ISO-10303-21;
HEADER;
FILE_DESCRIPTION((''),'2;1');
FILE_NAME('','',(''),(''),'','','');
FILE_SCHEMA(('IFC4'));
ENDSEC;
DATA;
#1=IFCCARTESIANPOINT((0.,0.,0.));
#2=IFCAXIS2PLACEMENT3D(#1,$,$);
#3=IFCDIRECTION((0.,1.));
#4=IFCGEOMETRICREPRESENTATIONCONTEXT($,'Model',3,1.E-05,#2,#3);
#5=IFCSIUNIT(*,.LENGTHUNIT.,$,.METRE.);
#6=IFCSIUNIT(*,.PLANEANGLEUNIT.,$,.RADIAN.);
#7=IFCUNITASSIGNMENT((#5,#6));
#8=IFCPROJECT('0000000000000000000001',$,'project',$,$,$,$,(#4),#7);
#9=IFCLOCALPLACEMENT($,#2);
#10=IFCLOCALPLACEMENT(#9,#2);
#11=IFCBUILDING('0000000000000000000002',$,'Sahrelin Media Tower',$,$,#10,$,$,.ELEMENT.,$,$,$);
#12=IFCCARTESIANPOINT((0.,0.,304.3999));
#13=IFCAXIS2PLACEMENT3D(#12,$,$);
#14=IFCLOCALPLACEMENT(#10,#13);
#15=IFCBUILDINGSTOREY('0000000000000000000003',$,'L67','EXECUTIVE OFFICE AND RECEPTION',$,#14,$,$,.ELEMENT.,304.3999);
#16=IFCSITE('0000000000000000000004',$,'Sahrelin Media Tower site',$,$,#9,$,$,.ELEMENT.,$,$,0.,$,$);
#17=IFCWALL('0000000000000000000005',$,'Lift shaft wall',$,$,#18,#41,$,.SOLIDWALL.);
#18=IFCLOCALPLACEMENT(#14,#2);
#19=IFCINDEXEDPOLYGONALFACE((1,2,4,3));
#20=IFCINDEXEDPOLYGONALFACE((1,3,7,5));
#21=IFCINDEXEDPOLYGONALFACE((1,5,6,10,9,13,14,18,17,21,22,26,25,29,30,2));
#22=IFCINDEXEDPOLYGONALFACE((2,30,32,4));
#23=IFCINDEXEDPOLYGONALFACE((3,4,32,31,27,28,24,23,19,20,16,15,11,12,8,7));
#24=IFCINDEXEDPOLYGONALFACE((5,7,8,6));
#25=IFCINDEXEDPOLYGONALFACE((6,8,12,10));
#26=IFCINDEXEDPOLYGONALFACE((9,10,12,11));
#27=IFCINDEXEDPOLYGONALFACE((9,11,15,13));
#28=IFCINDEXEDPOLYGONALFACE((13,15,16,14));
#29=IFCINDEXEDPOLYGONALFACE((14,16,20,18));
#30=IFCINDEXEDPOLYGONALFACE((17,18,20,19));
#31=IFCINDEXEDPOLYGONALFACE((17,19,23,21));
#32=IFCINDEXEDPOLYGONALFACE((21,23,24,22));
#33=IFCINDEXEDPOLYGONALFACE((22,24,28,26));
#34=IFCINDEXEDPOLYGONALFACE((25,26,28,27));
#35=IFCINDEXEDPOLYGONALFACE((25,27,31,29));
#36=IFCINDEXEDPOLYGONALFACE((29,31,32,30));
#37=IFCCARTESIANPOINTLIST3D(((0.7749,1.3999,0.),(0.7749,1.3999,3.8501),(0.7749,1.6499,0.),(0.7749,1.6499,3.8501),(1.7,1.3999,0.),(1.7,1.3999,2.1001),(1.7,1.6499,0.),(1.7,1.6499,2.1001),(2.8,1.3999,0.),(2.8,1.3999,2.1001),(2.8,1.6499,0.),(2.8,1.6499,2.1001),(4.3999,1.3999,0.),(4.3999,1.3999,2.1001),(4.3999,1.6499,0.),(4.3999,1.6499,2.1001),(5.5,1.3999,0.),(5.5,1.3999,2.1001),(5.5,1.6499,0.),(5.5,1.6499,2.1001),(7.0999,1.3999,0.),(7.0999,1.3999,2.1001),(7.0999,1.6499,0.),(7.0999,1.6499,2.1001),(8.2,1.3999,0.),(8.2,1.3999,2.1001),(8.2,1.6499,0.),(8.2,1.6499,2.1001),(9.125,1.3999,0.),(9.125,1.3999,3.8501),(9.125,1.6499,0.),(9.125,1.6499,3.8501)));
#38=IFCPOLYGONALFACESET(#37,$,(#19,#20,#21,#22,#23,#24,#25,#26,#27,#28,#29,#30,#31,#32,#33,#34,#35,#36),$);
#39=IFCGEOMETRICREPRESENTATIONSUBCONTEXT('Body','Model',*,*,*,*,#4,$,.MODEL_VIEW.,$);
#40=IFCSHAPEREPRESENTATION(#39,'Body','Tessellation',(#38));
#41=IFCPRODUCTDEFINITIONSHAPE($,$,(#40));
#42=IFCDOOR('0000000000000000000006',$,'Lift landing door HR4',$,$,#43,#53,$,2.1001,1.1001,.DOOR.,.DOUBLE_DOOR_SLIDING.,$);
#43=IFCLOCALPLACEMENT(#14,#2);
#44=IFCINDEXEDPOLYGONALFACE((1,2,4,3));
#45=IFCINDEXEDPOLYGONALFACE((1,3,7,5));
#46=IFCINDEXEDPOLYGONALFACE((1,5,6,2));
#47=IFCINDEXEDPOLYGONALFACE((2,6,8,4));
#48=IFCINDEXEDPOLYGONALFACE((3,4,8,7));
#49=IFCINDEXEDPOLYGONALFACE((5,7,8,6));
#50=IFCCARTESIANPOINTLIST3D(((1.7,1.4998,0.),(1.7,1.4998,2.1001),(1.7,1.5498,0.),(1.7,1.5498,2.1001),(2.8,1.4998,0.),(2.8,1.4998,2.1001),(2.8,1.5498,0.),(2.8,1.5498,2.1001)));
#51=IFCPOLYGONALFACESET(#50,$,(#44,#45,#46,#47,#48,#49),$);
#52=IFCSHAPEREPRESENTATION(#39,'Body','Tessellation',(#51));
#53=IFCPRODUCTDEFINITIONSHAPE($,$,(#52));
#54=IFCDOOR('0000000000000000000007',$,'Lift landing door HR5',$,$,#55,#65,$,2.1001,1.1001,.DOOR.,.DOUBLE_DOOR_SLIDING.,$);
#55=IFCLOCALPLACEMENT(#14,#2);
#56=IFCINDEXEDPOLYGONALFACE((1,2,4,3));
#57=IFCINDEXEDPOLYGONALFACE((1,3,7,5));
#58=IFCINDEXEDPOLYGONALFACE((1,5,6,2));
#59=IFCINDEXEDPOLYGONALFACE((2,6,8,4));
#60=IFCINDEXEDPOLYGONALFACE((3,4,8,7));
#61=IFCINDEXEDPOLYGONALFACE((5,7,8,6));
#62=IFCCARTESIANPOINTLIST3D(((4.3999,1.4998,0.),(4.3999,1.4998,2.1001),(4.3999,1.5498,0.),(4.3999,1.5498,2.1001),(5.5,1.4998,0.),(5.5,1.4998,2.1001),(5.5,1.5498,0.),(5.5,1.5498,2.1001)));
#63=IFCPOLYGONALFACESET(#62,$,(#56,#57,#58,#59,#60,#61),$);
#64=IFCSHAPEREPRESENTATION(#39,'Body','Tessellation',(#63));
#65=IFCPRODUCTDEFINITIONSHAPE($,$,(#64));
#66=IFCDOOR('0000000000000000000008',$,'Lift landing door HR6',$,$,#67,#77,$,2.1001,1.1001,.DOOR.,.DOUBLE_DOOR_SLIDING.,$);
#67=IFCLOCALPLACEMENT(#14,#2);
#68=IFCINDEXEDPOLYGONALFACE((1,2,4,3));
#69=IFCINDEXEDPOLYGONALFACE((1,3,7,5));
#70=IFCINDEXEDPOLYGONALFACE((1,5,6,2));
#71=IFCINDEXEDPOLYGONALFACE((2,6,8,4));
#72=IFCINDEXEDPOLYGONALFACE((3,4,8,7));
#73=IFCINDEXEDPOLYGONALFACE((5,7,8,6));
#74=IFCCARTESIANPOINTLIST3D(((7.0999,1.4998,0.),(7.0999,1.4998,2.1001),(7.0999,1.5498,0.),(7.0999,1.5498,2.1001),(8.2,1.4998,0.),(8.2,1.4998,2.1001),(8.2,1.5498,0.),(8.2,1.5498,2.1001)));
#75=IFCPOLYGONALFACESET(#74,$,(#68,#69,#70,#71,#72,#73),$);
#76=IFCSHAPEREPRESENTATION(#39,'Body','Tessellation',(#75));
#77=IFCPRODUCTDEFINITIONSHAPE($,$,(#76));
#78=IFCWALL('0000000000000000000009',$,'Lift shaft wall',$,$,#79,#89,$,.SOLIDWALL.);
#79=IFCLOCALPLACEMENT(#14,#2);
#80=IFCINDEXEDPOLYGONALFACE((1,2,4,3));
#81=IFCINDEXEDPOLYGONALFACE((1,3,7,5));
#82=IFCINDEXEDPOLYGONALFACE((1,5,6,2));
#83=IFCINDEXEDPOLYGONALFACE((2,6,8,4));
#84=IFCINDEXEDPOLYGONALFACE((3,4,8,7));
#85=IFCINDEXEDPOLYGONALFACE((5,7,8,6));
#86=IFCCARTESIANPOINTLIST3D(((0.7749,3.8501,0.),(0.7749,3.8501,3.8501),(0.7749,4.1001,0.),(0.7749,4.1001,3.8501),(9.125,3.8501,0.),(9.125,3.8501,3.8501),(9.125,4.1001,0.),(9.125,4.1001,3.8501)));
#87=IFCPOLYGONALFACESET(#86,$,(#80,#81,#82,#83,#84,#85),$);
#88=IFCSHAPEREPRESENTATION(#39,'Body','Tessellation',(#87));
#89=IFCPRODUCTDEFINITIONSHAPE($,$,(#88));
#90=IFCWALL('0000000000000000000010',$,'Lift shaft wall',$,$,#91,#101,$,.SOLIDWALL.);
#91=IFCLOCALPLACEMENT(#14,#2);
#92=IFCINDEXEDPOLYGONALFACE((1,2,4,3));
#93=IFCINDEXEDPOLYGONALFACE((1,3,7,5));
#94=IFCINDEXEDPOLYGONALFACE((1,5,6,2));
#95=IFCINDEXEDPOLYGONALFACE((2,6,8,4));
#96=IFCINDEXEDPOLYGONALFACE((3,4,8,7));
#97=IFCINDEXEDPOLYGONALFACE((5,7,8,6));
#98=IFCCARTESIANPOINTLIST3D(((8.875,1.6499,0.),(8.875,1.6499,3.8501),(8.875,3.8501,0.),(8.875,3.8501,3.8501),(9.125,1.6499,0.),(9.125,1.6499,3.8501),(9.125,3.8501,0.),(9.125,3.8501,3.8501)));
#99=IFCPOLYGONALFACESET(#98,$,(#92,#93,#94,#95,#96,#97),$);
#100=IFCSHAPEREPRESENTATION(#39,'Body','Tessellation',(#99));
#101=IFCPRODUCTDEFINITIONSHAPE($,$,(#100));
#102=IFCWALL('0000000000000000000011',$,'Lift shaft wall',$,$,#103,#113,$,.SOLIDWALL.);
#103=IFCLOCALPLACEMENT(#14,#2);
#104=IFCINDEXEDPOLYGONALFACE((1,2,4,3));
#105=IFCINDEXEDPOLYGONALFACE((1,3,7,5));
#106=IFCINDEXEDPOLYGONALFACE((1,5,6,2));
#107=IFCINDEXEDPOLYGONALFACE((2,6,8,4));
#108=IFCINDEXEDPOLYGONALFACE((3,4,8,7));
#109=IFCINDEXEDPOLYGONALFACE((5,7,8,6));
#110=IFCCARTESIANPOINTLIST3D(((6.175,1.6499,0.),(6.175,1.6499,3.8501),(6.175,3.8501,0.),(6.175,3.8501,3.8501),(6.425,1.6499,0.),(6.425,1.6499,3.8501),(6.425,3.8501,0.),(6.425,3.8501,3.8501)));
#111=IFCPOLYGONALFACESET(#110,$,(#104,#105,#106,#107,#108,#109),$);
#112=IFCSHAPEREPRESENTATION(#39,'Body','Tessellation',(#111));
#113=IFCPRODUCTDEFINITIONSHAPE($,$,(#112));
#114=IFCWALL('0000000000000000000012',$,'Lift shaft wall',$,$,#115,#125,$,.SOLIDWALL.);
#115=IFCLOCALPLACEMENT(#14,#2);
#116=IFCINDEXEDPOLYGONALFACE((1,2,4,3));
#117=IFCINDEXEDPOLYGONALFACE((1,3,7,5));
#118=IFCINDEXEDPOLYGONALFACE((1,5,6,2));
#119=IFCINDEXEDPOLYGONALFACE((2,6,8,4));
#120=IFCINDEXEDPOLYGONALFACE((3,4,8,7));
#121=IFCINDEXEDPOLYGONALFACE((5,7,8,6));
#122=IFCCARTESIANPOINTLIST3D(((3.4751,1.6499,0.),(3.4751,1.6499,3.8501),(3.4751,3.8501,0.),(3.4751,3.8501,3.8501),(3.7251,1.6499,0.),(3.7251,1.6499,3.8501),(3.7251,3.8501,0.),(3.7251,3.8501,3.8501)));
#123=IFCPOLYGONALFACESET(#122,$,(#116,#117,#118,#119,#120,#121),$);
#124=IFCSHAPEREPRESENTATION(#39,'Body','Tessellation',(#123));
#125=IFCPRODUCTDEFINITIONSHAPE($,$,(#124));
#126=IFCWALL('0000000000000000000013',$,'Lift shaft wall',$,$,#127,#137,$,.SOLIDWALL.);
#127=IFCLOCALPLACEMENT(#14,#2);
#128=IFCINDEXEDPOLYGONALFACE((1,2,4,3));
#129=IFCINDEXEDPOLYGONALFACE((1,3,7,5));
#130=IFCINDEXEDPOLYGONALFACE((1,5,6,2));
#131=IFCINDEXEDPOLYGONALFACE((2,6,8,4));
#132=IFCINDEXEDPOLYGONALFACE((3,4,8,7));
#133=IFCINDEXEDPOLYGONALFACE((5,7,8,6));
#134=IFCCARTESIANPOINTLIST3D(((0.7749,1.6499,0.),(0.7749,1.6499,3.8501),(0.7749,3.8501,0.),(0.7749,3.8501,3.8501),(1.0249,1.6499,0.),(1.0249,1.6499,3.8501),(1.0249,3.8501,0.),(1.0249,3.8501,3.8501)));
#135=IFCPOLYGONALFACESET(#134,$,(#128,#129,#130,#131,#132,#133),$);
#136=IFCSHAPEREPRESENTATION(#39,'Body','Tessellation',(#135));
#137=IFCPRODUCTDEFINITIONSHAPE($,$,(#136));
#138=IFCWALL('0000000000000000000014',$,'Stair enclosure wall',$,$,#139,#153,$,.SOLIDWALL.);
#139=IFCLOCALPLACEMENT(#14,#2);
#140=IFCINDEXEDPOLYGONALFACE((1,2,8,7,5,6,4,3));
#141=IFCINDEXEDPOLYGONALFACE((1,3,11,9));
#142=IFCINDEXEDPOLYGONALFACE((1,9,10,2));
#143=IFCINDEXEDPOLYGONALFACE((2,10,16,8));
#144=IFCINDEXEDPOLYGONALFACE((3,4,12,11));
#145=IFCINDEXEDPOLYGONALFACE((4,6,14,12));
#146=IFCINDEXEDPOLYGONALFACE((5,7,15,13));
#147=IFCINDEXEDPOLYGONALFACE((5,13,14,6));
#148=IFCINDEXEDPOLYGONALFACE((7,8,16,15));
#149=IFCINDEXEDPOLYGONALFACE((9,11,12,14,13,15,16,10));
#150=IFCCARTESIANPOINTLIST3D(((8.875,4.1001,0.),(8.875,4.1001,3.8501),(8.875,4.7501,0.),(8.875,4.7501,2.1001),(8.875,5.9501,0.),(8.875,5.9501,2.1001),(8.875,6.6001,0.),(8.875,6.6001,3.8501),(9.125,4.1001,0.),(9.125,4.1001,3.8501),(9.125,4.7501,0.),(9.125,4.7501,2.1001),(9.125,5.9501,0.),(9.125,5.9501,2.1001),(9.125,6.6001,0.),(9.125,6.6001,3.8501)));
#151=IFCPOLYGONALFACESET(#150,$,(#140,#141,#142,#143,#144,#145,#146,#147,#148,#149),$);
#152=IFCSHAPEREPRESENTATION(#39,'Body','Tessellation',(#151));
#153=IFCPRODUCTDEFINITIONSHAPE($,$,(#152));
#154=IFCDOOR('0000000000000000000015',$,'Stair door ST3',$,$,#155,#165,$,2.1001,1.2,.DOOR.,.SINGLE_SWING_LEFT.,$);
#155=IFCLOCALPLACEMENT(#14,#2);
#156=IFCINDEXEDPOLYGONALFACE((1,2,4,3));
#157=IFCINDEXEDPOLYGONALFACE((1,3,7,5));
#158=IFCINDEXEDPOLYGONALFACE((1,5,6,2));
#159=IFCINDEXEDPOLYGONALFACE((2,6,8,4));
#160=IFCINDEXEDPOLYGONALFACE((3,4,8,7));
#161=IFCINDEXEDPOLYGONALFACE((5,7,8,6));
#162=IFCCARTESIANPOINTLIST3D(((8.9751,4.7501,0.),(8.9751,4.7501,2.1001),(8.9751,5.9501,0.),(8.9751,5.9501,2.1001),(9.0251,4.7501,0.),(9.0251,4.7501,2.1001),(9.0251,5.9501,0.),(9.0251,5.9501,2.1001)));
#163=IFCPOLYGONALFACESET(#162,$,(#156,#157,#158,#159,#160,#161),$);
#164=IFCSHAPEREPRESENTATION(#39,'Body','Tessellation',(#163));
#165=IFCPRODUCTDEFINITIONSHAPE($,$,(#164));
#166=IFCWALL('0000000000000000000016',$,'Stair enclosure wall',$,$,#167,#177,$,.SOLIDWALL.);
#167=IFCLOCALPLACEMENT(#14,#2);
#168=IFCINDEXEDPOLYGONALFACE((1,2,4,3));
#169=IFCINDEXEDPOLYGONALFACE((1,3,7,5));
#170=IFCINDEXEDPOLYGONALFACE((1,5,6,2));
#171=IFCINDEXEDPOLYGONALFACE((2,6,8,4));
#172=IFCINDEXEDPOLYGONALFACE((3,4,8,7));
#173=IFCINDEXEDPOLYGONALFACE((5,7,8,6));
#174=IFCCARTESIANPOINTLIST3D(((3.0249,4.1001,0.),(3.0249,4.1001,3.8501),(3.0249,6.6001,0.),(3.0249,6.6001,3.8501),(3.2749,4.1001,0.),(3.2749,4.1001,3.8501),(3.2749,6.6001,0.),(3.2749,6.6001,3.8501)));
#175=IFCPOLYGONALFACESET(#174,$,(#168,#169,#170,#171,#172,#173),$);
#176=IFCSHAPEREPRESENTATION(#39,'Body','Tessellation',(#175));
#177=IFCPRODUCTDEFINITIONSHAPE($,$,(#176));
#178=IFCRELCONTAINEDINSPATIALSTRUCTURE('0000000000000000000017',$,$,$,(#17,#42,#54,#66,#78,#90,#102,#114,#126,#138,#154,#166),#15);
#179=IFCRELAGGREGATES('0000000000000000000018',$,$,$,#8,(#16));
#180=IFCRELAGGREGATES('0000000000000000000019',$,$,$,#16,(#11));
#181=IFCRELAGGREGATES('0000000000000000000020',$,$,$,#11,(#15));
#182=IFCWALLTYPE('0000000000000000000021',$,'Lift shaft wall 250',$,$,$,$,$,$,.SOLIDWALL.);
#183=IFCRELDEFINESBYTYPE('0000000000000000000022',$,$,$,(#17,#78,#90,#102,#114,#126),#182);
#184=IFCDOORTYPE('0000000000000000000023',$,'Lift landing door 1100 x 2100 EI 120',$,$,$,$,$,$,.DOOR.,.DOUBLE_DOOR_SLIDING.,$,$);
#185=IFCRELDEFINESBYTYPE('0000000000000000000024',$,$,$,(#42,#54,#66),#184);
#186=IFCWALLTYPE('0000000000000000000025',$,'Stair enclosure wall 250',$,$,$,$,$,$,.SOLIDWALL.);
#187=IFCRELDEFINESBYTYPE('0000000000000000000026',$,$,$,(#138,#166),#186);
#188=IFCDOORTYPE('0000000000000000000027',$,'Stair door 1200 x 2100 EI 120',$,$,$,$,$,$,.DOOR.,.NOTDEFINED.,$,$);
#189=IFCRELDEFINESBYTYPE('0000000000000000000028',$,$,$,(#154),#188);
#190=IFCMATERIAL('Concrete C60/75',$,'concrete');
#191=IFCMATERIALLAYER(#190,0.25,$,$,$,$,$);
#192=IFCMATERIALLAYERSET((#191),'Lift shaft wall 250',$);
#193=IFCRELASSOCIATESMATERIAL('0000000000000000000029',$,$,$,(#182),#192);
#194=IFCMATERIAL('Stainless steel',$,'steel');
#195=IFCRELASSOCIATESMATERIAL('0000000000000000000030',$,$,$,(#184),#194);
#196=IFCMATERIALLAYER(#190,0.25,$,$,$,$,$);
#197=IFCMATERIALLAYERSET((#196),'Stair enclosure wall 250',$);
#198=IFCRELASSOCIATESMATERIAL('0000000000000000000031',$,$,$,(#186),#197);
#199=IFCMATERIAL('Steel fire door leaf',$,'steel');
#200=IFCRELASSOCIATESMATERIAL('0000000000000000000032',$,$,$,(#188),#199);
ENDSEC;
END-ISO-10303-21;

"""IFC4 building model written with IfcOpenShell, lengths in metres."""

from ifc_helpers import new_model, si_unit, direction, frame, frame_2d, origin, place, context, subcontext, project, spatial, rectangle, extrude, material, layer, layer_set, type_object, element, fill, save


model = new_model("IFC4")

# Units and contexts
model_context = context("Model", 3, precision=1e-05, world=origin(), true_north=direction((0.0, 1.0)))
body_context = subcontext(model_context, "Body", "Model", "MODEL_VIEW")
ifc_project = project(units=[si_unit("LENGTHUNIT", "METRE"), si_unit("PLANEANGLEUNIT", "RADIAN")], contexts=[model_context])

# Site, building, storey
site_placement = place(None, origin())
site = spatial("IfcSite", under=ifc_project, at=site_placement, Name="Sahrelin Media Tower site", CompositionType="ELEMENT", RefElevation=0.0)
building_placement = place(site_placement, origin())
building = spatial("IfcBuilding", under=site, at=building_placement, Name="Sahrelin Media Tower", CompositionType="ELEMENT")
storey_placement = place(building_placement, frame((0.0, 0.0, 304.3999)))
storey = spatial("IfcBuildingStorey", under=building, at=storey_placement, Name="L67", Description="EXECUTIVE OFFICE AND RECEPTION", CompositionType="ELEMENT", Elevation=304.3999)

# Wall, openings, doors
ifc_material_1 = material(Name="Concrete C60/75", Category="concrete")
ifc_layer_1 = layer(ifc_material_1, 0.25)
ifc_layer_set_1 = layer_set([ifc_layer_1], Name="Lift shaft wall 250")
wall_type_1 = type_object("IfcWallType", Name="Lift shaft wall 250", PredefinedType="SOLIDWALL", material=ifc_layer_set_1)
wall_1_placement = place(storey_placement, frame((0.7749, 1.5249, 0.0), z_axis=(0.0, 0.0, 1.0), x_axis=(1.0, 0.0, 0.0)))
wall_1 = element("IfcWall", 1, at=wall_1_placement, inside=storey, type_object=wall_type_1, Name="Lift shaft wall", PredefinedType="SOLIDWALL", context=body_context, shape_type="SweptSolid", body=[
    extrude(rectangle(XDim=8.3501, YDim=0.25, at=frame_2d((4.175, 0.0))), origin(), (0.0, 0.0, 1.0), 3.8501),
])
opening_1_placement = place(wall_1_placement, frame((0.925, 0.0, 0.0)))
opening_1 = element("IfcOpeningElement", 2, at=opening_1_placement, cuts=wall_1, PredefinedType="OPENING", context=body_context, shape_type="SweptSolid", body=[
    extrude(rectangle(XDim=1.1001, YDim=2.1001, at=frame_2d((0.55, 1.05))), frame((0.0, 0.125, 0.0), z_axis=(0.0, -1.0, 0.0), x_axis=(1.0, 0.0, 0.0)), (0.0, 0.0, 1.0), 0.25),
])
opening_2_placement = place(wall_1_placement, frame((3.625, 0.0, 0.0)))
opening_2 = element("IfcOpeningElement", 3, at=opening_2_placement, cuts=wall_1, PredefinedType="OPENING", context=body_context, shape_type="SweptSolid", body=[
    extrude(rectangle(XDim=1.1001, YDim=2.1001, at=frame_2d((0.55, 1.05))), frame((0.0, 0.125, 0.0), z_axis=(0.0, -1.0, 0.0), x_axis=(1.0, 0.0, 0.0)), (0.0, 0.0, 1.0), 0.25),
])
opening_3_placement = place(wall_1_placement, frame((6.325, 0.0, 0.0)))
opening_3 = element("IfcOpeningElement", 4, at=opening_3_placement, cuts=wall_1, PredefinedType="OPENING", context=body_context, shape_type="SweptSolid", body=[
    extrude(rectangle(XDim=1.1001, YDim=2.1001, at=frame_2d((0.55, 1.05))), frame((0.0, 0.125, 0.0), z_axis=(0.0, -1.0, 0.0), x_axis=(1.0, 0.0, 0.0)), (0.0, 0.0, 1.0), 0.25),
])
ifc_material_2 = material(Name="Stainless steel", Category="steel")
door_type_1 = type_object("IfcDoorType", Name="Lift landing door 1100 x 2100 EI 120", OperationType="DOUBLE_DOOR_SLIDING", PredefinedType="DOOR", material=ifc_material_2)
door_1_placement = place(opening_1_placement, origin())
door_1 = element("IfcDoor", 5, at=door_1_placement, inside=storey, type_object=door_type_1, Name="Lift landing door HR4", OperationType="DOUBLE_DOOR_SLIDING", OverallHeight=2.1001, OverallWidth=1.1001, PredefinedType="DOOR", context=body_context, shape_type="SweptSolid", body=[
    extrude(rectangle(XDim=1.1001, YDim=2.1001, at=frame_2d((0.55, 1.05))), frame((0.0, 0.0249, 0.0), z_axis=(0.0, -1.0, 0.0), x_axis=(1.0, 0.0, 0.0)), (0.0, 0.0, 1.0), 0.05),
])
fill(opening_1, door_1)
door_2_placement = place(opening_2_placement, origin())
door_2 = element("IfcDoor", 6, at=door_2_placement, inside=storey, type_object=door_type_1, Name="Lift landing door HR5", OperationType="DOUBLE_DOOR_SLIDING", OverallHeight=2.1001, OverallWidth=1.1001, PredefinedType="DOOR", context=body_context, shape_type="SweptSolid", body=[
    extrude(rectangle(XDim=1.1001, YDim=2.1001, at=frame_2d((0.55, 1.05))), frame((0.0, 0.0249, 0.0), z_axis=(0.0, -1.0, 0.0), x_axis=(1.0, 0.0, 0.0)), (0.0, 0.0, 1.0), 0.05),
])
fill(opening_2, door_2)
door_3_placement = place(opening_3_placement, origin())
door_3 = element("IfcDoor", 7, at=door_3_placement, inside=storey, type_object=door_type_1, Name="Lift landing door HR6", OperationType="DOUBLE_DOOR_SLIDING", OverallHeight=2.1001, OverallWidth=1.1001, PredefinedType="DOOR", context=body_context, shape_type="SweptSolid", body=[
    extrude(rectangle(XDim=1.1001, YDim=2.1001, at=frame_2d((0.55, 1.05))), frame((0.0, 0.0249, 0.0), z_axis=(0.0, -1.0, 0.0), x_axis=(1.0, 0.0, 0.0)), (0.0, 0.0, 1.0), 0.05),
])
fill(opening_3, door_3)

# Walls
wall_2_placement = place(storey_placement, frame((0.7749, 3.9751, 0.0), z_axis=(0.0, 0.0, 1.0), x_axis=(1.0, 0.0, 0.0)))
element("IfcWall", 8, at=wall_2_placement, inside=storey, type_object=wall_type_1, Name="Lift shaft wall", PredefinedType="SOLIDWALL", context=body_context, shape_type="SweptSolid", body=[
    extrude(rectangle(XDim=8.3501, YDim=0.25, at=frame_2d((4.175, 0.0))), origin(), (0.0, 0.0, 1.0), 3.8501),
])
for number, where, z_axis, x_axis, name in (
    (9, (9.0, 1.6499, 0.0), (0.0, 0.0, 1.0), (0.0, 1.0, 0.0), "Lift shaft wall"),
    (10, (6.3, 1.6499, 0.0), (0.0, 0.0, 1.0), (0.0, 1.0, 0.0), "Lift shaft wall"),
    (11, (3.6001, 1.6499, 0.0), (0.0, 0.0, 1.0), (0.0, 1.0, 0.0), "Lift shaft wall"),
    (12, (0.8999, 1.6499, 0.0), (0.0, 0.0, 1.0), (0.0, 1.0, 0.0), "Lift shaft wall"),
):
    element("IfcWall", number, at=place(storey_placement, frame(where, z_axis=z_axis, x_axis=x_axis)), inside=storey, type_object=wall_type_1, Name=name, PredefinedType="SOLIDWALL", context=body_context, shape_type="SweptSolid", body=[
        extrude(rectangle(XDim=2.2002, YDim=0.25, at=frame_2d((1.1001, 0.0))), origin(), (0.0, 0.0, 1.0), 3.8501),
    ])

# Wall, opening, door
ifc_layer_2 = layer(ifc_material_1, 0.25)
ifc_layer_set_2 = layer_set([ifc_layer_2], Name="Stair enclosure wall 250")
wall_type_2 = type_object("IfcWallType", Name="Stair enclosure wall 250", PredefinedType="SOLIDWALL", material=ifc_layer_set_2)
wall_3_placement = place(storey_placement, frame((9.0, 4.1001, 0.0), z_axis=(0.0, 0.0, 1.0), x_axis=(0.0, 1.0, 0.0)))
wall_3 = element("IfcWall", 13, at=wall_3_placement, inside=storey, type_object=wall_type_2, Name="Stair enclosure wall", PredefinedType="SOLIDWALL", context=body_context, shape_type="SweptSolid", body=[
    extrude(rectangle(XDim=2.5, YDim=0.25, at=frame_2d((1.25, 0.0))), origin(), (0.0, 0.0, 1.0), 3.8501),
])
opening_4_placement = place(wall_3_placement, frame((0.6499, 0.0, 0.0)))
opening_4 = element("IfcOpeningElement", 14, at=opening_4_placement, cuts=wall_3, PredefinedType="OPENING", context=body_context, shape_type="SweptSolid", body=[
    extrude(rectangle(XDim=1.2, YDim=2.1001, at=frame_2d((0.6001, 1.05))), frame((0.0, 0.125, 0.0), z_axis=(0.0, -1.0, 0.0), x_axis=(1.0, 0.0, 0.0)), (0.0, 0.0, 1.0), 0.25),
])
ifc_material_3 = material(Name="Steel fire door leaf", Category="steel")
door_type_2 = type_object("IfcDoorType", Name="Stair door 1200 x 2100 EI 120", OperationType="NOTDEFINED", PredefinedType="DOOR", material=ifc_material_3)
door_4_placement = place(opening_4_placement, origin())
door_4 = element("IfcDoor", 15, at=door_4_placement, inside=storey, type_object=door_type_2, Name="Stair door ST3", OperationType="SINGLE_SWING_LEFT", OverallHeight=2.1001, OverallWidth=1.2, PredefinedType="DOOR", context=body_context, shape_type="SweptSolid", body=[
    extrude(rectangle(XDim=1.2, YDim=2.1001, at=frame_2d((0.6001, 1.05))), frame((0.0, 0.0249, 0.0), z_axis=(0.0, -1.0, 0.0), x_axis=(1.0, 0.0, 0.0)), (0.0, 0.0, 1.0), 0.05),
])
fill(opening_4, door_4)

# Wall
wall_4_placement = place(storey_placement, frame((3.1499, 4.1001, 0.0), z_axis=(0.0, 0.0, 1.0), x_axis=(0.0, 1.0, 0.0)))
element("IfcWall", 16, at=wall_4_placement, inside=storey, type_object=wall_type_2, Name="Stair enclosure wall", PredefinedType="SOLIDWALL", context=body_context, shape_type="SweptSolid", body=[
    extrude(rectangle(XDim=2.5, YDim=0.25, at=frame_2d((1.25, 0.0))), origin(), (0.0, 0.0, 1.0), 3.8501),
])

save(model, "model.ifc")
